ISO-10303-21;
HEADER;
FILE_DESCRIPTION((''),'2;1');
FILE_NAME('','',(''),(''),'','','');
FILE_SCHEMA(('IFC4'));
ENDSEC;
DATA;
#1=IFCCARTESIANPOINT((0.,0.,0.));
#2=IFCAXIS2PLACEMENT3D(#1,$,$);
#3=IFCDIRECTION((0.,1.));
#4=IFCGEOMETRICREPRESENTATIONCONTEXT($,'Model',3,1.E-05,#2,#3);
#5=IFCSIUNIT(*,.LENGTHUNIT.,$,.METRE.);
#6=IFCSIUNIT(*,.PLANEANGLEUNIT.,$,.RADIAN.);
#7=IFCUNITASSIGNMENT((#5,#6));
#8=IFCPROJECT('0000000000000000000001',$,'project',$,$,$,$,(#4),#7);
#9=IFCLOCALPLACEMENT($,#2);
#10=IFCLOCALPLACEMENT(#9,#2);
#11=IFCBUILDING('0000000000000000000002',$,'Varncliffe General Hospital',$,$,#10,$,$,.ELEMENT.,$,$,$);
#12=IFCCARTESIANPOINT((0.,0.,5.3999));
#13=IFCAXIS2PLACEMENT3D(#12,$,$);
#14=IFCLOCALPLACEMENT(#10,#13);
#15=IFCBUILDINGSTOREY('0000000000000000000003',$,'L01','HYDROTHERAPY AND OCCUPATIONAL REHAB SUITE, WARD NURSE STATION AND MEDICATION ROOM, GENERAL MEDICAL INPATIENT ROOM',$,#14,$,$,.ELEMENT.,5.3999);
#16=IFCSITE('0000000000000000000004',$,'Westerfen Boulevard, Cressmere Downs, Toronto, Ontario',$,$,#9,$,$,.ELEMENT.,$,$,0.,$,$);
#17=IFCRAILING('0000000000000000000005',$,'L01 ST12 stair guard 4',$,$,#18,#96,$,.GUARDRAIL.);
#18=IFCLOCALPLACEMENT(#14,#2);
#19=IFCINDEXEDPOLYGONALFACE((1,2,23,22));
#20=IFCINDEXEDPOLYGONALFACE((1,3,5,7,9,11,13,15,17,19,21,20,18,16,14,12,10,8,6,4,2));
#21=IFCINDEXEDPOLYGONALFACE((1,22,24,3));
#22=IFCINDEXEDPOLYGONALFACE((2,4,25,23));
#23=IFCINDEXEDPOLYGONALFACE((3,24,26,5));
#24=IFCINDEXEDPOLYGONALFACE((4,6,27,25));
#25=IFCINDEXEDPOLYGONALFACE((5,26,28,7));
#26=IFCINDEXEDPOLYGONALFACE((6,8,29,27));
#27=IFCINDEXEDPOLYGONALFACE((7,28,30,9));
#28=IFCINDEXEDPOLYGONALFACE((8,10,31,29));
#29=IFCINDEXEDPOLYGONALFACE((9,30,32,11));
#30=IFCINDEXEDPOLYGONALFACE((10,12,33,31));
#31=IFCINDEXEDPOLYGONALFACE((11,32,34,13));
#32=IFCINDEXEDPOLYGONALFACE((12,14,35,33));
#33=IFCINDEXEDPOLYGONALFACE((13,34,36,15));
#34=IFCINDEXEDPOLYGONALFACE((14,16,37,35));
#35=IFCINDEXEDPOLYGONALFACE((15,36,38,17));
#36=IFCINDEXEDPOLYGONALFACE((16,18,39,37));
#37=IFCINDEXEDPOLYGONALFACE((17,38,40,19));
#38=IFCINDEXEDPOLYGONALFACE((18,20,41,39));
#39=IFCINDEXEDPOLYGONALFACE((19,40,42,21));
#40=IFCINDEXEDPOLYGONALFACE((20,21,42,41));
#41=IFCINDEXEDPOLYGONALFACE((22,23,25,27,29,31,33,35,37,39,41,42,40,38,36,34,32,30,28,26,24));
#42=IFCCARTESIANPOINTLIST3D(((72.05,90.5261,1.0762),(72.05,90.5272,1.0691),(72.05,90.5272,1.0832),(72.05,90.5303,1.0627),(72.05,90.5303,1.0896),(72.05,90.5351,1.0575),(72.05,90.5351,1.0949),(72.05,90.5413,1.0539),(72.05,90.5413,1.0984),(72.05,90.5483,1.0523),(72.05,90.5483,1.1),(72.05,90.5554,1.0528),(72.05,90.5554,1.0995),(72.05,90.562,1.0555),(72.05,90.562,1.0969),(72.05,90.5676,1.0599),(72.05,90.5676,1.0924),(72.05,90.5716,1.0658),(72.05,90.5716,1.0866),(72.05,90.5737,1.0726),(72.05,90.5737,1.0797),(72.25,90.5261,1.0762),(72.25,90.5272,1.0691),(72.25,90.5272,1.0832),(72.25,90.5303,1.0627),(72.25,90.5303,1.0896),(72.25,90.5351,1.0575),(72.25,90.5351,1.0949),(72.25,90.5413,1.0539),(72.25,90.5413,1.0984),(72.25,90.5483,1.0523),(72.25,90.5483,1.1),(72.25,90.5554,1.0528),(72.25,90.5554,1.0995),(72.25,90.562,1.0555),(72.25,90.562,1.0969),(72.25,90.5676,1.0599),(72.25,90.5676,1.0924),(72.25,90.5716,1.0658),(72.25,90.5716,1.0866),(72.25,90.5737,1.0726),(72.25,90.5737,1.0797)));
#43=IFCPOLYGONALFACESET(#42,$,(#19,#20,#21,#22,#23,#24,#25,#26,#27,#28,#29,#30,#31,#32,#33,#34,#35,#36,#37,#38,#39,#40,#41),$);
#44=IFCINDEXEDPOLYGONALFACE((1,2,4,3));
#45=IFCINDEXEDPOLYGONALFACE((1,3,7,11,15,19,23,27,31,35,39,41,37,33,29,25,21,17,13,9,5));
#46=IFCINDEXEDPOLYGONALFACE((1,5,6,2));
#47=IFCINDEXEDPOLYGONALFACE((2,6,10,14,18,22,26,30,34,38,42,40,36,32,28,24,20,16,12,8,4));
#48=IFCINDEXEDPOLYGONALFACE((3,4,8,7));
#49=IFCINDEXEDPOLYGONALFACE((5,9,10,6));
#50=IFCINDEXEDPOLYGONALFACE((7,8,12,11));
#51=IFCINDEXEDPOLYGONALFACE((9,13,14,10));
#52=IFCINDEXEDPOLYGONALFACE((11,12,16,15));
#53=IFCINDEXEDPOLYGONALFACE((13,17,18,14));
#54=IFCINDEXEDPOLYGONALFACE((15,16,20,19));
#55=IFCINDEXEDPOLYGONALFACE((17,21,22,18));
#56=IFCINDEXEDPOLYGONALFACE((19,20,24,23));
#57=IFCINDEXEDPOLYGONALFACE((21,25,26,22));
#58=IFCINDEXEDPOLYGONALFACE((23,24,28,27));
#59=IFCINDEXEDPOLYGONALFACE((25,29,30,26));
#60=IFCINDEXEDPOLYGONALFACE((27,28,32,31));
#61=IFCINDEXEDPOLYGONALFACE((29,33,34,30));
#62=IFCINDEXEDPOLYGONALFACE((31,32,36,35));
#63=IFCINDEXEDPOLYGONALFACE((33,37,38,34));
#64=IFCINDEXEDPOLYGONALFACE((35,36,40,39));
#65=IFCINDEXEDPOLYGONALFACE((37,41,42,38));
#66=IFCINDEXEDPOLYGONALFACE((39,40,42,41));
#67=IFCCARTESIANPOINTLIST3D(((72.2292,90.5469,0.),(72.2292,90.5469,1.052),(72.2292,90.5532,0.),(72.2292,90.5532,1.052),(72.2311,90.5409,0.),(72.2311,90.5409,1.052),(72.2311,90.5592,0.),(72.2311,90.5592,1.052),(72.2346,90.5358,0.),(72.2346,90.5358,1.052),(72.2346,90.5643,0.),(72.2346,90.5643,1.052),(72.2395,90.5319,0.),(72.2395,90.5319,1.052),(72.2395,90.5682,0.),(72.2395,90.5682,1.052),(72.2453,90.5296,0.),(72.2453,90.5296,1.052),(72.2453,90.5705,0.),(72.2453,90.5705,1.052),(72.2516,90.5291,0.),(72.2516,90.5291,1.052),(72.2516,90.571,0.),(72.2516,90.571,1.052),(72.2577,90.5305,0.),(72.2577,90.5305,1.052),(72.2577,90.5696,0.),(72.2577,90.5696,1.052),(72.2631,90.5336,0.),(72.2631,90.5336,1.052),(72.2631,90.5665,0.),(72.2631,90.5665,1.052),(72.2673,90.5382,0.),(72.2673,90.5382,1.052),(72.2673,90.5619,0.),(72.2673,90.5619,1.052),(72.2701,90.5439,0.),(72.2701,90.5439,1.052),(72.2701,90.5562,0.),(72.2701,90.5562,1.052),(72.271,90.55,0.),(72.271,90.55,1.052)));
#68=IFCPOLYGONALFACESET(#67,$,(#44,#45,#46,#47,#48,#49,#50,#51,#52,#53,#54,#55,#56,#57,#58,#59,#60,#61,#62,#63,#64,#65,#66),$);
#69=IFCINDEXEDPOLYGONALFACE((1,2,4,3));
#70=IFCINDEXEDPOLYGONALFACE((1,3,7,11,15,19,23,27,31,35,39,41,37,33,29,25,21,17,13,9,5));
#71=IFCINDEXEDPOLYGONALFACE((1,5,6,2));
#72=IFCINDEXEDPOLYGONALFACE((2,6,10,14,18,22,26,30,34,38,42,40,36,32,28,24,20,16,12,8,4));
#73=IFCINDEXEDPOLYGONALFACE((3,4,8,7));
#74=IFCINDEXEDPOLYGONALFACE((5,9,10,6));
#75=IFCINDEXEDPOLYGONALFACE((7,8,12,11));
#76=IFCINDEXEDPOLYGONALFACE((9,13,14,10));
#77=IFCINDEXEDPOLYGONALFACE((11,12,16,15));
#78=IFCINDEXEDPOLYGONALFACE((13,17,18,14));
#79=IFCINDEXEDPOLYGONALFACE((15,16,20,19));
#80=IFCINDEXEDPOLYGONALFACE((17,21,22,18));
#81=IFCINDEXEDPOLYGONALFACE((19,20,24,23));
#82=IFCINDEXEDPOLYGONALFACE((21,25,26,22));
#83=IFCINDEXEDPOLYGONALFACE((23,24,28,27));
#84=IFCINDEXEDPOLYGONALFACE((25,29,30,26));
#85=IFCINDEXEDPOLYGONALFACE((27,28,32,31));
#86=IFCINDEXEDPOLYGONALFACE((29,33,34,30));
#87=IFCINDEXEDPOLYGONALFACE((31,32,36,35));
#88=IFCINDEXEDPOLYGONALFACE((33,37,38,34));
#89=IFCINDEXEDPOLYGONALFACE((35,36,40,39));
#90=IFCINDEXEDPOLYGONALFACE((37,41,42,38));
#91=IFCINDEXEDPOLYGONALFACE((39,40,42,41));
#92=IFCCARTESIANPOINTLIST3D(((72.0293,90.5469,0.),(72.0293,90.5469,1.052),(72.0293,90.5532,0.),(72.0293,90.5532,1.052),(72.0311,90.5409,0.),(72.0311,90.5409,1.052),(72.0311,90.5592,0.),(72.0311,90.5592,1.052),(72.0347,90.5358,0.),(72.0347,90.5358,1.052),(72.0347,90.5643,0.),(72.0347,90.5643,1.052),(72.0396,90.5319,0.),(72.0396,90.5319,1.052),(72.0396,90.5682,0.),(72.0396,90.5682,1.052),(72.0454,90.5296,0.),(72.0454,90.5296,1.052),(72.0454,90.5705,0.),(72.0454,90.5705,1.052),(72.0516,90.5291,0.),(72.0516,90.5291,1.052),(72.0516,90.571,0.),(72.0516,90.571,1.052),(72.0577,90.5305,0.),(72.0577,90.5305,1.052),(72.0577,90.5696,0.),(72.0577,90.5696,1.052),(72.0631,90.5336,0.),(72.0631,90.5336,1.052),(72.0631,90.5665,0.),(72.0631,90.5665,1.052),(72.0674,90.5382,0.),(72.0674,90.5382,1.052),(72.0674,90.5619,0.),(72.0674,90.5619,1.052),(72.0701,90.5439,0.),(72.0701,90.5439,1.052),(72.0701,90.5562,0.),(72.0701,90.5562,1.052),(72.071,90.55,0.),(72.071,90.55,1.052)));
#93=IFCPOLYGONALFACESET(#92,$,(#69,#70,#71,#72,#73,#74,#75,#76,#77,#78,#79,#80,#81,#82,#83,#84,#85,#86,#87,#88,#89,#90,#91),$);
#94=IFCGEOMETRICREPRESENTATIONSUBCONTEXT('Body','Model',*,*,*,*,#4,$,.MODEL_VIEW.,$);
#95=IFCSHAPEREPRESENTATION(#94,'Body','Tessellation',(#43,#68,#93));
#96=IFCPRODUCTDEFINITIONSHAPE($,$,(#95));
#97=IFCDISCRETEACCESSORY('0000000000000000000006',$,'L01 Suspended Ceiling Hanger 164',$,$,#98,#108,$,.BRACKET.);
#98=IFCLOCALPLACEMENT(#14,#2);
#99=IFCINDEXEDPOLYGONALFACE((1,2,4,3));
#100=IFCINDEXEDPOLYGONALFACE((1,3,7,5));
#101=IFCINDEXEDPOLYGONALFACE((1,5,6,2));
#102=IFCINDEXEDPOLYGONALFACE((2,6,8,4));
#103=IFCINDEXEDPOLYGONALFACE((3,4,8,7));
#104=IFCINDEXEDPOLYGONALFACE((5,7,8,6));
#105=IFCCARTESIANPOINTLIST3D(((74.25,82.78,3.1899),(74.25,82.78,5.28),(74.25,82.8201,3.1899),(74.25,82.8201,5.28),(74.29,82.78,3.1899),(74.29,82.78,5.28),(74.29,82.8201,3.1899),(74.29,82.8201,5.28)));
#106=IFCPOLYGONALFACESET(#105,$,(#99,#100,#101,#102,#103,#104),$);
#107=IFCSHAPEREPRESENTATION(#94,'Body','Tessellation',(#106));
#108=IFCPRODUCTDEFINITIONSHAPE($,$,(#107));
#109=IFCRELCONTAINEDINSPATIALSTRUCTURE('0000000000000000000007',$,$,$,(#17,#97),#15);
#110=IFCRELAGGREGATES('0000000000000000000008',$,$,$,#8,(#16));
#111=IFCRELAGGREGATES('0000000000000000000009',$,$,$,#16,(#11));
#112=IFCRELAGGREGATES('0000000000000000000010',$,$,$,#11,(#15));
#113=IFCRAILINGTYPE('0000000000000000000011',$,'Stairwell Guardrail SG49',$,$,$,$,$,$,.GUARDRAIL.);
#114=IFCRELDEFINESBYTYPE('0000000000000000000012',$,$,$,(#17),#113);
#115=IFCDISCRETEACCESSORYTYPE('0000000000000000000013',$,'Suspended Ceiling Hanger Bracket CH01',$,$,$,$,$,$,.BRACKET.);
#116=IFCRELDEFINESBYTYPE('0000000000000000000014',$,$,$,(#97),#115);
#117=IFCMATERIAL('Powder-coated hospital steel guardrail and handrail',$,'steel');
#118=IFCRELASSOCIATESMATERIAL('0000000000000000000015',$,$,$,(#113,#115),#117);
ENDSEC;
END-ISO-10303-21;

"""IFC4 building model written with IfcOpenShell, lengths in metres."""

from ifc_helpers import new_model, si_unit, direction, frame, origin, origin_2d, place, context, subcontext, project, spatial, rectangle, circle, extrude, material, type_object, element, save


model = new_model("IFC4")

# Units and contexts
model_context = context("Model", 3, precision=1e-05, world=origin(), true_north=direction((0.0, 1.0)))
body_context = subcontext(model_context, "Body", "Model", "MODEL_VIEW")
ifc_project = project(units=[si_unit("LENGTHUNIT", "METRE"), si_unit("PLANEANGLEUNIT", "RADIAN")], contexts=[model_context])

# Site, building, storey
site_placement = place(None, origin())
site = spatial("IfcSite", under=ifc_project, at=site_placement, Name="Westerfen Boulevard, Cressmere Downs, Toronto, Ontario", CompositionType="ELEMENT", RefElevation=0.0)
building_placement = place(site_placement, origin())
building = spatial("IfcBuilding", under=site, at=building_placement, Name="Varncliffe General Hospital", CompositionType="ELEMENT")
storey_placement = place(building_placement, frame((0.0, 0.0, 5.3999)))
storey = spatial("IfcBuildingStorey", under=building, at=storey_placement, Name="L01", Description="HYDROTHERAPY AND OCCUPATIONAL REHAB SUITE, WARD NURSE STATION AND MEDICATION ROOM, GENERAL MEDICAL INPATIENT ROOM", CompositionType="ELEMENT", Elevation=5.3999)

# Railing
ifc_material_1 = material(Name="Powder-coated hospital steel guardrail and handrail", Category="steel")
railing_type_1 = type_object("IfcRailingType", Name="Stairwell Guardrail SG49", PredefinedType="GUARDRAIL", material=ifc_material_1)
railing_1_placement = place(storey_placement, frame((72.25, 90.55, 0.0)))
element("IfcRailing", 1, at=railing_1_placement, inside=storey, type_object=railing_type_1, Name="L01 ST12 stair guard 4", PredefinedType="GUARDRAIL", context=body_context, shape_type="SweptSolid", body=[
    extrude(circle(Radius=0.0239, at=origin_2d()), frame((0.0, 0.0, 1.0762), z_axis=(-1.0, 0.0, 0.0), x_axis=(0.0, -1.0, 0.0)), (0.0, 0.0, 1.0), 0.2),
    extrude(circle(Radius=0.021, at=origin_2d()), origin(), (0.0, 0.0, 1.0), 1.052),
    extrude(circle(Radius=0.021, at=origin_2d()), frame((-0.2, 0.0, 0.0)), (0.0, 0.0, 1.0), 1.052),
])

# Discrete accessory
discrete_accessory_type = type_object("IfcDiscreteAccessoryType", Name="Suspended Ceiling Hanger Bracket CH01", PredefinedType="BRACKET", material=ifc_material_1)
discrete_accessory_placement = place(storey_placement, frame((74.27, 82.8, 3.1899), z_axis=(0.0, 0.0, 1.0), x_axis=(1.0, 0.0, 0.0)))
element("IfcDiscreteAccessory", 2, at=discrete_accessory_placement, inside=storey, type_object=discrete_accessory_type, Name="L01 Suspended Ceiling Hanger 164", PredefinedType="BRACKET", context=body_context, shape_type="SweptSolid", body=[
    extrude(rectangle(XDim=0.04, YDim=0.04, at=origin_2d()), origin(), (0.0, 0.0, 1.0), 2.0901),
])

save(model, "model.ifc")
